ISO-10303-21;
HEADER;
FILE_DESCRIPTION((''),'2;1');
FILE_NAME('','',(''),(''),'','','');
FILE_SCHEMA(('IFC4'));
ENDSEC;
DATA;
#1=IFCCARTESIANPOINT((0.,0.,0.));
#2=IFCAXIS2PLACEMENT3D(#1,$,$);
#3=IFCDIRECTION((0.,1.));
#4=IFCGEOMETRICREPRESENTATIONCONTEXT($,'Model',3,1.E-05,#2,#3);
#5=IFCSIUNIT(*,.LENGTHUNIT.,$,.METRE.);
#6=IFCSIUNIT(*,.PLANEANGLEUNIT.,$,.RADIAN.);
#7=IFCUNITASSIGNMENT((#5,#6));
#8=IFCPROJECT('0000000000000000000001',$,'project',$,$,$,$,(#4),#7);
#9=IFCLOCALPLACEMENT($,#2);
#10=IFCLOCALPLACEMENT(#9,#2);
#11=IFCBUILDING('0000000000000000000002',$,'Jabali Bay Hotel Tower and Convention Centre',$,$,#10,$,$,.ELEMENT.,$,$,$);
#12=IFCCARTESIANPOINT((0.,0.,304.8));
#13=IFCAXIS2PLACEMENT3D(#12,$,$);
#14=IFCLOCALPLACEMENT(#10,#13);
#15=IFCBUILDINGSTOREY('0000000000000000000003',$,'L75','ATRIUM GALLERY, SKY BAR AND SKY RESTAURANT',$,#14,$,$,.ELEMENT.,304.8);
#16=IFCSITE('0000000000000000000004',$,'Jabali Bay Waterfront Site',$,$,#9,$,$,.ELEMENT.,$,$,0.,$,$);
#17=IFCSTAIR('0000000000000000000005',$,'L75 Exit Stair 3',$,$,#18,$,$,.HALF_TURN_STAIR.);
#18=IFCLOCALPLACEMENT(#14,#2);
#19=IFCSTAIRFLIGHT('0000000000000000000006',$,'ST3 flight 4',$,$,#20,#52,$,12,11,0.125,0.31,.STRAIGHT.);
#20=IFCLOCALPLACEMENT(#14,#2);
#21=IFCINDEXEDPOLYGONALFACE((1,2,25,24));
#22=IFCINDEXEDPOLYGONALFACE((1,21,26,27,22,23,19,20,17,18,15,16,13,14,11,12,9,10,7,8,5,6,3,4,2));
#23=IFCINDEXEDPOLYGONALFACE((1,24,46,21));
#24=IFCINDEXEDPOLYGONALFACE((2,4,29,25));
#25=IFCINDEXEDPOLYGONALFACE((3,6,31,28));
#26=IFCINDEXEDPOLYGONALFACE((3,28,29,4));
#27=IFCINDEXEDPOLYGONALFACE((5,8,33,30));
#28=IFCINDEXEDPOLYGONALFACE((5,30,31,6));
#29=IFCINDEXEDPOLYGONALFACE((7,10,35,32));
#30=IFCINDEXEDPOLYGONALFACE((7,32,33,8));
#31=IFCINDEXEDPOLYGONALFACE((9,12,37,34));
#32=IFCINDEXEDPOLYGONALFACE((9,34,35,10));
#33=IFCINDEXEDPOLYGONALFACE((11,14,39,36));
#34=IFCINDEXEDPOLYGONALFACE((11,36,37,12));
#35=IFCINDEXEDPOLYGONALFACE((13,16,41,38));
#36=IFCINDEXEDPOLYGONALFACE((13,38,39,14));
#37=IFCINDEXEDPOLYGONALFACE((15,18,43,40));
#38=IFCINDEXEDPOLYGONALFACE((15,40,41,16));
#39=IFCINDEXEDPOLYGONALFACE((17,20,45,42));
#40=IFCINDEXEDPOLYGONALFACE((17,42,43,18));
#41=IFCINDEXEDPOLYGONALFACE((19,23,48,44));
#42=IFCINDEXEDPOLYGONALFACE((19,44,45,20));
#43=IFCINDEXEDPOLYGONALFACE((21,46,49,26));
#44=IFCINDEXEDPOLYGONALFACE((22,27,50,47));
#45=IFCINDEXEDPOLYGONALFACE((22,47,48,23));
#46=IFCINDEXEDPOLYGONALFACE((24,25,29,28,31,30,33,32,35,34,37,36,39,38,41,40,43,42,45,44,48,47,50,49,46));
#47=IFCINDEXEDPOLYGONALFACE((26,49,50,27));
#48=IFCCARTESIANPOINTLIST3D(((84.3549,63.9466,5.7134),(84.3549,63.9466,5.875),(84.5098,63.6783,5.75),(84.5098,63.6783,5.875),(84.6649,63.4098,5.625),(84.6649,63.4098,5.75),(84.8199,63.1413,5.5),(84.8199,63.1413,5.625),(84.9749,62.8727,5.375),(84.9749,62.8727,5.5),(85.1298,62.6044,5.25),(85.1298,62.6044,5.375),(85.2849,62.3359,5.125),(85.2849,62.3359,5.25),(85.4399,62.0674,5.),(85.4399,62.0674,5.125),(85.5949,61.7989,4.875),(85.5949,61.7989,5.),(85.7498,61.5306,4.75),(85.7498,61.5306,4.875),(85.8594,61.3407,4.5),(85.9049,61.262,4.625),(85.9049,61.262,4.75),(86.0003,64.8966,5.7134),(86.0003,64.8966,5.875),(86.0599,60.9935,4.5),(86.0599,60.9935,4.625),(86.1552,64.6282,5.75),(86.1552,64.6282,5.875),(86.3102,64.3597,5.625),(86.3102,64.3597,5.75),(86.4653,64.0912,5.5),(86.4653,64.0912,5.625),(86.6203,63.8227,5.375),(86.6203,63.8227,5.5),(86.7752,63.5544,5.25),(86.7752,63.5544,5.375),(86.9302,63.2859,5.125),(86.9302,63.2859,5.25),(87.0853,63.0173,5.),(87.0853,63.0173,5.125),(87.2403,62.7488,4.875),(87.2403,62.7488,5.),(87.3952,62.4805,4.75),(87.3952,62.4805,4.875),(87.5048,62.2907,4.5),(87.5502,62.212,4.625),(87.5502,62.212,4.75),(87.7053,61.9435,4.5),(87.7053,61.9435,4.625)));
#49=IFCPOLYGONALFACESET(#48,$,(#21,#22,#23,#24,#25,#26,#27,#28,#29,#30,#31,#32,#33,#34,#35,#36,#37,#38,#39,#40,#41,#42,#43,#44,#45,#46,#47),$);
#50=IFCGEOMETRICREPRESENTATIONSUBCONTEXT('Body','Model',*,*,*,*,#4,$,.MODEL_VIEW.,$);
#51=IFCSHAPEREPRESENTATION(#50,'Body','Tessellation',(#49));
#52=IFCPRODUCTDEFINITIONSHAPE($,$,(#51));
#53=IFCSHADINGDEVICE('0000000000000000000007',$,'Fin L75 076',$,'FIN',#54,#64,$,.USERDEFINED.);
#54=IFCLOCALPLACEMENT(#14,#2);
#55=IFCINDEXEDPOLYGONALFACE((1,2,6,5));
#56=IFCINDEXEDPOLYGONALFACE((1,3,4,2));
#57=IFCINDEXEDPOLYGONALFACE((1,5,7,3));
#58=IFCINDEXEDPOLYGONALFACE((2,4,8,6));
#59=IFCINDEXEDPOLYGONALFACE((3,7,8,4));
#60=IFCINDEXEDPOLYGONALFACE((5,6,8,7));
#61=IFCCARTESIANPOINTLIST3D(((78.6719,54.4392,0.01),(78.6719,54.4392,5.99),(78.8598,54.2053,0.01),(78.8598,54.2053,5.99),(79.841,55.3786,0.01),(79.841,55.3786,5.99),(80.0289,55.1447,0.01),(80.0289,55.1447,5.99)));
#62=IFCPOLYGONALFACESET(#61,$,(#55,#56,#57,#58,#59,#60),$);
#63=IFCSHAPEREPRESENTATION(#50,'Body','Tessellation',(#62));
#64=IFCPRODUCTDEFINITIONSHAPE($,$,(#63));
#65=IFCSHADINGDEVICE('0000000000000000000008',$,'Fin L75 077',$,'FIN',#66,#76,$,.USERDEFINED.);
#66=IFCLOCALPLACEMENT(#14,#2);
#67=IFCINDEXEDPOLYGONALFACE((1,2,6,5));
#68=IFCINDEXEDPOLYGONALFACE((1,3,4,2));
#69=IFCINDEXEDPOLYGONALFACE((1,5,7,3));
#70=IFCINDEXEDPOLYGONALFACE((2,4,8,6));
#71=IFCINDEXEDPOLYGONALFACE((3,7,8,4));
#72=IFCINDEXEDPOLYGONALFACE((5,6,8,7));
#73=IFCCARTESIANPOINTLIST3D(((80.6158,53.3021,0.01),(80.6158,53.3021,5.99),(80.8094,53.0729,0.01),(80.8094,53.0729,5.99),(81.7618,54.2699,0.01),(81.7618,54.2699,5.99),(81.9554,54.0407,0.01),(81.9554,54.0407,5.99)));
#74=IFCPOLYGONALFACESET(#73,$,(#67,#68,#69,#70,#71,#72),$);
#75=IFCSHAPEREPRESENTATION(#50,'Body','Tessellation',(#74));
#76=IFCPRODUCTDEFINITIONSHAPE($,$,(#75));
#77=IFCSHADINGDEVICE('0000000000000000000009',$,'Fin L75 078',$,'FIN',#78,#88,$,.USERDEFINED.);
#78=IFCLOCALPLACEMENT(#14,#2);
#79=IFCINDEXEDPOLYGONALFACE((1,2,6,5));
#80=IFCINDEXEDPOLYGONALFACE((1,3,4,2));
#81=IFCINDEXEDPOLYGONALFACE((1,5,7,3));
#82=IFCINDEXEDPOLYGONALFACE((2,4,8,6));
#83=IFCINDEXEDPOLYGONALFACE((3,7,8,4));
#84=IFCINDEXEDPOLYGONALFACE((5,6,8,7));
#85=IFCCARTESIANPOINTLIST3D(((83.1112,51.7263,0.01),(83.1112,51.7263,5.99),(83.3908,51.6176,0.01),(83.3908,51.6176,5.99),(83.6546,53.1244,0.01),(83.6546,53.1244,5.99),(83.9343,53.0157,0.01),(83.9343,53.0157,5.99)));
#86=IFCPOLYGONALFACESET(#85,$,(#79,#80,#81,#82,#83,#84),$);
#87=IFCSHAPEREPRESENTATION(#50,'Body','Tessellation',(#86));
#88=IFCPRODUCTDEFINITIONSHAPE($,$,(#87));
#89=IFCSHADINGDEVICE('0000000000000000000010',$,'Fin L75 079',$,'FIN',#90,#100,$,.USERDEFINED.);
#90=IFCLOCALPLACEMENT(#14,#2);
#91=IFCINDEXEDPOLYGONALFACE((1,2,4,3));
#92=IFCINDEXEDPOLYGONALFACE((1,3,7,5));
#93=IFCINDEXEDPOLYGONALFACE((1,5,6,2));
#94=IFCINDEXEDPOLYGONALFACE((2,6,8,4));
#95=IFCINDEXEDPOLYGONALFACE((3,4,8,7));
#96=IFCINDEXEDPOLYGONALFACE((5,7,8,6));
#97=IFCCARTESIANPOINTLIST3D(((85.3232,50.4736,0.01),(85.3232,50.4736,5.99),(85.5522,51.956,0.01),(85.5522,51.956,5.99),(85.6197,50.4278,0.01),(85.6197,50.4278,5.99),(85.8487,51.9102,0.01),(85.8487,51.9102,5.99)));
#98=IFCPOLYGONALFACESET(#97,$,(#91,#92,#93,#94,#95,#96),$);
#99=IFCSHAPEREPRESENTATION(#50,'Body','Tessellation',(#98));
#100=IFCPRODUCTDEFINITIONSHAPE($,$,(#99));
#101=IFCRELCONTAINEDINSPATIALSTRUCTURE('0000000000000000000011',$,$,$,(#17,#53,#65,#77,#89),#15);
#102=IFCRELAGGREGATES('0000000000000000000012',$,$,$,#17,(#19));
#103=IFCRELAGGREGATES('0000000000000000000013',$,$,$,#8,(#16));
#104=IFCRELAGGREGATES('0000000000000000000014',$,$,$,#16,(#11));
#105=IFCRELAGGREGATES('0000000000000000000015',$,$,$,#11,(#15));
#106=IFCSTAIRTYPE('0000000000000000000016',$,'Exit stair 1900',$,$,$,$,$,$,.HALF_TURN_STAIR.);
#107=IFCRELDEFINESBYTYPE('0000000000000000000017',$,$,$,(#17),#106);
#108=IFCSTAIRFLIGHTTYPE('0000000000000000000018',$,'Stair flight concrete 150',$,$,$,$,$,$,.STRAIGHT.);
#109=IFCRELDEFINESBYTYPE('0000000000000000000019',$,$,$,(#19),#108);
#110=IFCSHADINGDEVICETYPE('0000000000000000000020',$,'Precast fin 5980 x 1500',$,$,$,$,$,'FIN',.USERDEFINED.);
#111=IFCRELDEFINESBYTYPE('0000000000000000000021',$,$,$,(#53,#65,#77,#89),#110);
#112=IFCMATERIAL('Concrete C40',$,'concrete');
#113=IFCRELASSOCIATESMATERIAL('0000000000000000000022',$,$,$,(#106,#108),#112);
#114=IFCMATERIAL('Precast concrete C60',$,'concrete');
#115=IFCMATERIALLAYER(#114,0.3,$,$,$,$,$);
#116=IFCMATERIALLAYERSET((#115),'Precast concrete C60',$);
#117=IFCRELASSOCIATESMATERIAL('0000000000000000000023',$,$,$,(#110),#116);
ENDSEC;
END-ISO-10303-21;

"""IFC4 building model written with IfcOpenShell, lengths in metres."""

from ifc_helpers import new_model, si_unit, direction, frame, frame_2d, origin, place, context, subcontext, project, spatial, polyline, rectangle, outline, extrude, material, layer, layer_set, type_object, element, aggregate, save


model = new_model("IFC4")

# Units and contexts
model_context = context("Model", 3, precision=1e-05, world=origin(), true_north=direction((0.0, 1.0)))
body_context = subcontext(model_context, "Body", "Model", "MODEL_VIEW")
ifc_project = project(units=[si_unit("LENGTHUNIT", "METRE"), si_unit("PLANEANGLEUNIT", "RADIAN")], contexts=[model_context])

# Site, building, storey
site_placement = place(None, origin())
site = spatial("IfcSite", under=ifc_project, at=site_placement, Name="Jabali Bay Waterfront Site", CompositionType="ELEMENT", RefElevation=0.0)
building_placement = place(site_placement, origin())
building = spatial("IfcBuilding", under=site, at=building_placement, Name="Jabali Bay Hotel Tower and Convention Centre", CompositionType="ELEMENT")
storey_placement = place(building_placement, frame((0.0, 0.0, 304.8)))
storey = spatial("IfcBuildingStorey", under=building, at=storey_placement, Name="L75", Description="ATRIUM GALLERY, SKY BAR AND SKY RESTAURANT", CompositionType="ELEMENT", Elevation=304.8)

# Shared definitions
ifc_material_1 = material(Name="Concrete C40", Category="concrete")

# Stair, stair flight
stair_type = type_object("IfcStairType", Name="Exit stair 1900", PredefinedType="HALF_TURN_STAIR", material=ifc_material_1)
stair_placement = place(storey_placement, origin())
stair = element("IfcStair", 1, at=stair_placement, inside=storey, type_object=stair_type, Name="L75 Exit Stair 3", PredefinedType="HALF_TURN_STAIR")
stair_flight_type = type_object("IfcStairFlightType", Name="Stair flight concrete 150", PredefinedType="STRAIGHT", material=ifc_material_1)
stair_flight_1_placement = place(storey_placement, frame((86.8826, 61.4685, 4.5), z_axis=(0.0, 0.0, 1.0), x_axis=(-0.5, 0.866025, 0.0)))
stair_flight_1 = element("IfcStairFlight", 2, at=stair_flight_1_placement, type_object=stair_flight_type, Name="ST3 flight 4", NumberOfRisers=12, NumberOfTreads=11, PredefinedType="STRAIGHT", RiserHeight=0.125, TreadLength=0.31, context=body_context, shape_type="SweptSolid", body=[
    extrude(outline(polyline([(0.0, 0.0), (0.0, 0.125), (0.3101, 0.125), (0.3101, 0.25), (0.6201, 0.25), (0.6201, 0.375), (0.9299, 0.375), (0.9299, 0.5), (1.24, 0.5), (1.24, 0.625), (1.55, 0.625), (1.55, 0.75), (1.8601, 0.75), (1.8601, 0.875), (2.1699, 0.875), (2.1699, 1.0), (2.48, 1.0), (2.48, 1.125), (2.79, 1.125), (2.79, 1.25), (3.1001, 1.25), (3.1001, 1.375), (3.4099, 1.375), (3.4099, 1.5), (3.4099, 1.2134), (0.4009, 0.0), (0.0, 0.0)])), frame((0.0, 0.95, 0.0), z_axis=(0.0, -1.0, 0.0), x_axis=(1.0, 0.0, 0.0)), (0.0, 0.0, 1.0), 1.8999),
])
aggregate(stair, [stair_flight_1])

# Shading devices
ifc_material_2 = material(Name="Precast concrete C60", Category="concrete")
ifc_layer_1 = layer(ifc_material_2, 0.3)
ifc_layer_set_1 = layer_set([ifc_layer_1], Name="Precast concrete C60")
shading_device_type = type_object("IfcShadingDeviceType", Name="Precast fin 5980 x 1500", ElementType="FIN", PredefinedType="USERDEFINED", material=ifc_layer_set_1)
shading_device_placement = place(storey_placement, frame((79.9351, 55.2617, 0.01), z_axis=(0.0, 0.0, 1.0), x_axis=(-0.779533, -0.626361, 0.0)))
element("IfcShadingDevice", 3, at=shading_device_placement, inside=storey, type_object=shading_device_type, Name="Fin L75 076", ObjectType="FIN", PredefinedType="USERDEFINED", context=body_context, shape_type="SweptSolid", body=[
    extrude(rectangle(XDim=1.4998, YDim=0.3, at=frame_2d((0.75, 0.0))), origin(), (0.0, 0.0, 1.0), 5.98),
])
for number, where, z_axis, x_axis, name in (
    (4, (81.8586, 54.1553, 0.01), (0.0, 0.0, 1.0), (-0.764016, -0.645198, 0.0), "Fin L75 077"),
    (5, (83.7944, 53.0701, 0.01), (0.0, 0.0, 1.0), (-0.362281, -0.932069, 0.0), "Fin L75 078"),
    (6, (85.7004, 51.9331, 0.01), (0.0, 0.0, 1.0), (-0.152669, -0.988277, 0.0), "Fin L75 079"),
):
    element("IfcShadingDevice", number, at=place(storey_placement, frame(where, z_axis=z_axis, x_axis=x_axis)), inside=storey, type_object=shading_device_type, Name=name, ObjectType="FIN", PredefinedType="USERDEFINED", context=body_context, shape_type="SweptSolid", body=[
        extrude(rectangle(XDim=1.5, YDim=0.3, at=frame_2d((0.75, 0.0))), origin(), (0.0, 0.0, 1.0), 5.98),
    ])

save(model, "model.ifc")
